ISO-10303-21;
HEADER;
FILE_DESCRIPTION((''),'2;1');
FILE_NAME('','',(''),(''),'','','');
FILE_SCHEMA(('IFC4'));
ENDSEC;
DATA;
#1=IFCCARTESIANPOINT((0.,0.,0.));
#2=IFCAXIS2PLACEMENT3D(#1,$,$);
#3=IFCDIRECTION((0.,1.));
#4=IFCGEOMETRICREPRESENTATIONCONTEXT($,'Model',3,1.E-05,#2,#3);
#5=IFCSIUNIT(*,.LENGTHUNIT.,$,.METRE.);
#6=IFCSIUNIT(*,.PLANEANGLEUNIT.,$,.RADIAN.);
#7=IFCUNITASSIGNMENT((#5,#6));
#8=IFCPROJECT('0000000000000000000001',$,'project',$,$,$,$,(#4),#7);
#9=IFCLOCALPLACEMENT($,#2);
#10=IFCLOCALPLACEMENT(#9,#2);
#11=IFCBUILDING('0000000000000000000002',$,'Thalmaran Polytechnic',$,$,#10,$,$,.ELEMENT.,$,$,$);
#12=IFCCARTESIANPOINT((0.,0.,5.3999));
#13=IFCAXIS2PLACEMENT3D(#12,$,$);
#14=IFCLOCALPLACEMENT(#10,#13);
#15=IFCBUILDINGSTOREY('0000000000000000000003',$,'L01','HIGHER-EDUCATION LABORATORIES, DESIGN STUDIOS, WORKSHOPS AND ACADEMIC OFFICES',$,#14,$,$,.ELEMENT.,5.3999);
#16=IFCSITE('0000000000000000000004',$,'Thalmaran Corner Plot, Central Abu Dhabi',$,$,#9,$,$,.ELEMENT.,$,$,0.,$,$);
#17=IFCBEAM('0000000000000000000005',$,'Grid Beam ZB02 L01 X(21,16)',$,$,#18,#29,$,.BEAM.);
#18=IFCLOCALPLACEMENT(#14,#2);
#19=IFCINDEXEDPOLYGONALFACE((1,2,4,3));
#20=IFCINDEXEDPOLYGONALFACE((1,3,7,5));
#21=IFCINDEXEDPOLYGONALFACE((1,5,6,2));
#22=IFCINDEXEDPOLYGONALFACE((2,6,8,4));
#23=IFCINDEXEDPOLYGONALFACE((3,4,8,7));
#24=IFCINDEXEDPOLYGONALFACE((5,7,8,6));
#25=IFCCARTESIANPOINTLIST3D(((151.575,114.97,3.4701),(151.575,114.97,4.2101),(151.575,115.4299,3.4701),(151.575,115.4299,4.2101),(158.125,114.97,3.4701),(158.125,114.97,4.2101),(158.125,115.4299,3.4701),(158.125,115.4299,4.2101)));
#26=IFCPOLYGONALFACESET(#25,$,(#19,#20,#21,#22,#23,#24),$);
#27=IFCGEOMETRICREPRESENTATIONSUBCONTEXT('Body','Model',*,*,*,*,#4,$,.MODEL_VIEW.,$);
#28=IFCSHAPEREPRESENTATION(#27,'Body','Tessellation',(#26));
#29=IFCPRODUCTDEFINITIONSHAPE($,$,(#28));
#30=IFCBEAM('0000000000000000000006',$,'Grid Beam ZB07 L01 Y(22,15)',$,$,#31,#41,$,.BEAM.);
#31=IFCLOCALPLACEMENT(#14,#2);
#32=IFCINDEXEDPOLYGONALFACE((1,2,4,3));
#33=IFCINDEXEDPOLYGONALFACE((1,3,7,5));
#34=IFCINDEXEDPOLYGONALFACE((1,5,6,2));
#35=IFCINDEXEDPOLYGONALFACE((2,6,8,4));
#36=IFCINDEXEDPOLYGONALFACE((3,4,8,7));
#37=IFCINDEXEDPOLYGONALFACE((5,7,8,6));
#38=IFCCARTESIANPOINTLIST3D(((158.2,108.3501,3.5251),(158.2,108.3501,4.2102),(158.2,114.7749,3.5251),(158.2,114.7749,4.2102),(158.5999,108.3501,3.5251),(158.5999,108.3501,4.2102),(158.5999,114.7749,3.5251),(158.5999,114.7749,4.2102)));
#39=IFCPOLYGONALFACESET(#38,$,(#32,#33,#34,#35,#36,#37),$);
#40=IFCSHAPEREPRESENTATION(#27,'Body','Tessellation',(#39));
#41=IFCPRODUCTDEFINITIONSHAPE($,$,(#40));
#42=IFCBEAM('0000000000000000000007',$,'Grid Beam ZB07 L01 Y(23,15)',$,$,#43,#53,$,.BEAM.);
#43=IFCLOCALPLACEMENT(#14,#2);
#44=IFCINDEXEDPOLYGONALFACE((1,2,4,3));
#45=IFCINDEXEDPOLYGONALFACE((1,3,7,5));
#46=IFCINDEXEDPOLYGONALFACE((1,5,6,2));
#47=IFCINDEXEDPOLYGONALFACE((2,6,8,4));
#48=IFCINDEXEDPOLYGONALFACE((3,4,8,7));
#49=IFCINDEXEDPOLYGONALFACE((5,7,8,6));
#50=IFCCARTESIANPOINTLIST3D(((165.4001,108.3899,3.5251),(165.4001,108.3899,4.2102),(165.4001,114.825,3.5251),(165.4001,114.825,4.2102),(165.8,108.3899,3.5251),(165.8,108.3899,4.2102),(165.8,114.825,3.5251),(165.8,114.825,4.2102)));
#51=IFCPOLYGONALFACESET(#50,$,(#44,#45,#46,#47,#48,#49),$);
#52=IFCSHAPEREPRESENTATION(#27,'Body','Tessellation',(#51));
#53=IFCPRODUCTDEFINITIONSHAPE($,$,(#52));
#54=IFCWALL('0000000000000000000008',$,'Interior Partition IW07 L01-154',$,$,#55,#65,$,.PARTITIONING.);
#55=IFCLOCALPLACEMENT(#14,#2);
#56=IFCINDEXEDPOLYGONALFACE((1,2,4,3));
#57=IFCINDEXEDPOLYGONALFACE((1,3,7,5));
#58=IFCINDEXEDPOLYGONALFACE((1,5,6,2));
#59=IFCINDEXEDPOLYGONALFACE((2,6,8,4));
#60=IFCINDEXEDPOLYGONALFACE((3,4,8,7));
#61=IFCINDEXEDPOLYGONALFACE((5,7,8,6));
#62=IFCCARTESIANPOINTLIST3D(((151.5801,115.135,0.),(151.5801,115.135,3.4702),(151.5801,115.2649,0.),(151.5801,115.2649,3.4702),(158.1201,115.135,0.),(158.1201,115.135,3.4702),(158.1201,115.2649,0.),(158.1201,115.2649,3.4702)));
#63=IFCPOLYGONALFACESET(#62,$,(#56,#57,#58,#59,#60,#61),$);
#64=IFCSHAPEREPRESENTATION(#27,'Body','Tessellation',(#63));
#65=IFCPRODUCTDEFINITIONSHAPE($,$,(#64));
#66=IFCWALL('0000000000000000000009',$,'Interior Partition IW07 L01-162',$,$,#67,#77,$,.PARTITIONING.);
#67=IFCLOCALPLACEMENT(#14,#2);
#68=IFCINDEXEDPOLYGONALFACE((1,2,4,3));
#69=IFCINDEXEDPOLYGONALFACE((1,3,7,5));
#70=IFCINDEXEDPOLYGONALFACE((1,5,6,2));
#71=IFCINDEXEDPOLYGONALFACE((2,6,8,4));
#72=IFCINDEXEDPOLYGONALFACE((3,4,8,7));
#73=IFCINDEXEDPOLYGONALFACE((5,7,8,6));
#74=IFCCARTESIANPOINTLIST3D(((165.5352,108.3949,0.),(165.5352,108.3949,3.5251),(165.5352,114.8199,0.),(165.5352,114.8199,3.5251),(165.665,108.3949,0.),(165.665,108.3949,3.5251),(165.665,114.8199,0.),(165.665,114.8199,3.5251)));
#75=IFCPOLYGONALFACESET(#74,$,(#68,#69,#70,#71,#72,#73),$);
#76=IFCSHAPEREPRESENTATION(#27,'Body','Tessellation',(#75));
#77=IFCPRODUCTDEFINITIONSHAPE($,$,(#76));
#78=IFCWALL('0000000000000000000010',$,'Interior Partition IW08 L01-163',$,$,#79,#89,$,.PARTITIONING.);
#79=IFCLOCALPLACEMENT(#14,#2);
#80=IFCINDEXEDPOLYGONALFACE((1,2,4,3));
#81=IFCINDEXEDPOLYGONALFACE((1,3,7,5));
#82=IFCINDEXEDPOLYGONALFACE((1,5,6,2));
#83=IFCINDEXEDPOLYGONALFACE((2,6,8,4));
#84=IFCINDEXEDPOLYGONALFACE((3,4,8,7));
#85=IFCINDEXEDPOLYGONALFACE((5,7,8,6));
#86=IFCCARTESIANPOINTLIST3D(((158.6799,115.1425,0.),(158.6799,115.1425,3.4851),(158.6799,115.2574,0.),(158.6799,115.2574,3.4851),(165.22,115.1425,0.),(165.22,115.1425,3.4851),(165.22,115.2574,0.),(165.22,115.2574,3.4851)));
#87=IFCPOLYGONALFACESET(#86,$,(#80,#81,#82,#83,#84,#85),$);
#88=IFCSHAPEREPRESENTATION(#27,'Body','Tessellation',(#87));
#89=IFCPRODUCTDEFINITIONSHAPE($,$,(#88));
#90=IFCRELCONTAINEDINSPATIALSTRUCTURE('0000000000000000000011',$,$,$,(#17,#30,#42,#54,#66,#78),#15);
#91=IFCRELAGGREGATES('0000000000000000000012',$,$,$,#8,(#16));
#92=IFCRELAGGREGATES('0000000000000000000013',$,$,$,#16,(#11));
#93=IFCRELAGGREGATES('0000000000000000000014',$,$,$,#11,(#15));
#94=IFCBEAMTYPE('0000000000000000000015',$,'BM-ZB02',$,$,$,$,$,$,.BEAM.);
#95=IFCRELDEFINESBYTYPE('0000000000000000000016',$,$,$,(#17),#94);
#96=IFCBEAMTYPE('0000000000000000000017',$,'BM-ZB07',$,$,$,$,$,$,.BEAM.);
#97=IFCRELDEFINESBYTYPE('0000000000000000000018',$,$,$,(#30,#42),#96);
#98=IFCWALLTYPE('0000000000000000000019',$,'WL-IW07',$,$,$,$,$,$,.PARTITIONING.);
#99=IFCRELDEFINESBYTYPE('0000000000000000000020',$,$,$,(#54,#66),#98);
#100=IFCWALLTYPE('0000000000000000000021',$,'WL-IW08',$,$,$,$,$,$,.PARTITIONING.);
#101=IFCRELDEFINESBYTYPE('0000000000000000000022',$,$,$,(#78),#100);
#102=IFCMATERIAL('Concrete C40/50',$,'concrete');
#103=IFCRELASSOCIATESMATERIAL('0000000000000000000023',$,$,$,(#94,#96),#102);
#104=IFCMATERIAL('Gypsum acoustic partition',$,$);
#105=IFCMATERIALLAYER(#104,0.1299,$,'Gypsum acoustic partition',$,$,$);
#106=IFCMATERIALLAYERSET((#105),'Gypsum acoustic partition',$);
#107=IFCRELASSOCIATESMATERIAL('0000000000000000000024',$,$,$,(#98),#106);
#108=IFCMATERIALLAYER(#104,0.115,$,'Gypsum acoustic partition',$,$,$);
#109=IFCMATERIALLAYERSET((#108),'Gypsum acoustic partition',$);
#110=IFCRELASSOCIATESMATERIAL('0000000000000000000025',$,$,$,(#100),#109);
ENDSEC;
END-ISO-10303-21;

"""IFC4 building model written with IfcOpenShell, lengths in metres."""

from ifc_helpers import new_model, si_unit, direction, frame, frame_2d, origin, origin_2d, place, context, subcontext, project, spatial, rectangle, extrude, material, layer, layer_set, material_profile, profile_set, type_object, element, save


model = new_model("IFC4")

# Units and contexts
model_context = context("Model", 3, precision=1e-05, world=origin(), true_north=direction((0.0, 1.0)))
body_context = subcontext(model_context, "Body", "Model", "MODEL_VIEW")
ifc_project = project(units=[si_unit("LENGTHUNIT", "METRE"), si_unit("PLANEANGLEUNIT", "RADIAN")], contexts=[model_context])

# Site, building, storey
site_placement = place(None, origin())
site = spatial("IfcSite", under=ifc_project, at=site_placement, Name="Thalmaran Corner Plot, Central Abu Dhabi", CompositionType="ELEMENT", RefElevation=0.0)
building_placement = place(site_placement, origin())
building = spatial("IfcBuilding", under=site, at=building_placement, Name="Thalmaran Polytechnic", CompositionType="ELEMENT")
storey_placement = place(building_placement, frame((0.0, 0.0, 5.3999)))
storey = spatial("IfcBuildingStorey", under=building, at=storey_placement, Name="L01", Description="HIGHER-EDUCATION LABORATORIES, DESIGN STUDIOS, WORKSHOPS AND ACADEMIC OFFICES", CompositionType="ELEMENT", Elevation=5.3999)

# Beams
ifc_material_1 = material(Name="Concrete C40/50", Category="concrete")
ifc_material_profile_1 = material_profile(ifc_material_1, rectangle(XDim=0.46, YDim=0.74, at=origin_2d()), Name="RC 460x740")
ifc_profile_set_1 = profile_set([ifc_material_profile_1], Name="Concrete C40/50")
beam_type_1 = type_object("IfcBeamType", Name="BM-ZB02", PredefinedType="BEAM", material=ifc_profile_set_1)
beam_1_placement = place(storey_placement, frame((151.575, 115.2, 3.8401), z_axis=(1.0, 0.0, 0.0), x_axis=(0.0, 1.0, 0.0)))
element("IfcBeam", 1, at=beam_1_placement, inside=storey, type_object=beam_type_1, Name="Grid Beam ZB02 L01 X(21,16)", PredefinedType="BEAM", context=body_context, shape_type="SweptSolid", body=[
    extrude(rectangle(XDim=0.46, YDim=0.74, at=origin_2d()), origin(), (0.0, 0.0, 1.0), 6.55),
])
ifc_material_profile_2 = material_profile(ifc_material_1, rectangle(XDim=0.3999, YDim=0.6851, at=origin_2d()), Name="RC 400x685")
ifc_profile_set_2 = profile_set([ifc_material_profile_2], Name="Concrete C40/50")
beam_type_2 = type_object("IfcBeamType", Name="BM-ZB07", PredefinedType="BEAM", material=ifc_profile_set_2)
beam_2_placement = place(storey_placement, frame((158.3999, 108.3501, 3.8677), z_axis=(0.0, 1.0, 0.0), x_axis=(-1.0, 0.0, 0.0)))
element("IfcBeam", 2, at=beam_2_placement, inside=storey, type_object=beam_type_2, Name="Grid Beam ZB07 L01 Y(22,15)", PredefinedType="BEAM", context=body_context, shape_type="SweptSolid", body=[
    extrude(rectangle(XDim=0.3999, YDim=0.6851, at=origin_2d()), origin(), (0.0, 0.0, 1.0), 6.4248),
])
beam_3_placement = place(storey_placement, frame((165.6001, 108.3899, 3.8677), z_axis=(0.0, 1.0, 0.0), x_axis=(-1.0, 0.0, 0.0)))
element("IfcBeam", 3, at=beam_3_placement, inside=storey, type_object=beam_type_2, Name="Grid Beam ZB07 L01 Y(23,15)", PredefinedType="BEAM", context=body_context, shape_type="SweptSolid", body=[
    extrude(rectangle(XDim=0.3999, YDim=0.6851, at=origin_2d()), origin(), (0.0, 0.0, 1.0), 6.4351),
])

# Walls
ifc_material_2 = material(Name="Gypsum acoustic partition")
ifc_layer_1 = layer(ifc_material_2, 0.1299, Name="Gypsum acoustic partition")
ifc_layer_set_1 = layer_set([ifc_layer_1], Name="Gypsum acoustic partition")
wall_type_1 = type_object("IfcWallType", Name="WL-IW07", PredefinedType="PARTITIONING", material=ifc_layer_set_1)
wall_1_placement = place(storey_placement, frame((151.5801, 115.2, 0.0), z_axis=(0.0, 0.0, 1.0), x_axis=(1.0, 0.0, 0.0)))
element("IfcWall", 4, at=wall_1_placement, inside=storey, type_object=wall_type_1, Name="Interior Partition IW07 L01-154", PredefinedType="PARTITIONING", context=body_context, shape_type="SweptSolid", body=[
    extrude(rectangle(XDim=6.54, YDim=0.1299, at=frame_2d((3.27, 0.0))), origin(), (0.0, 0.0, 1.0), 3.4702),
])
wall_2_placement = place(storey_placement, frame((165.6001, 108.395, 0.0), z_axis=(0.0, 0.0, 1.0), x_axis=(0.0, 1.0, 0.0)))
element("IfcWall", 5, at=wall_2_placement, inside=storey, type_object=wall_type_1, Name="Interior Partition IW07 L01-162", PredefinedType="PARTITIONING", context=body_context, shape_type="SweptSolid", body=[
    extrude(rectangle(XDim=6.425, YDim=0.1299, at=frame_2d((3.2124, 0.0))), origin(), (0.0, 0.0, 1.0), 3.5251),
])
ifc_layer_2 = layer(ifc_material_2, 0.115, Name="Gypsum acoustic partition")
ifc_layer_set_2 = layer_set([ifc_layer_2], Name="Gypsum acoustic partition")
wall_type_2 = type_object("IfcWallType", Name="WL-IW08", PredefinedType="PARTITIONING", material=ifc_layer_set_2)
wall_3_placement = place(storey_placement, frame((158.6799, 115.2, 0.0), z_axis=(0.0, 0.0, 1.0), x_axis=(1.0, 0.0, 0.0)))
element("IfcWall", 6, at=wall_3_placement, inside=storey, type_object=wall_type_2, Name="Interior Partition IW08 L01-163", PredefinedType="PARTITIONING", context=body_context, shape_type="SweptSolid", body=[
    extrude(rectangle(XDim=6.54, YDim=0.115, at=frame_2d((3.27, 0.0))), origin(), (0.0, 0.0, 1.0), 3.4851),
])

save(model, "model.ifc")
